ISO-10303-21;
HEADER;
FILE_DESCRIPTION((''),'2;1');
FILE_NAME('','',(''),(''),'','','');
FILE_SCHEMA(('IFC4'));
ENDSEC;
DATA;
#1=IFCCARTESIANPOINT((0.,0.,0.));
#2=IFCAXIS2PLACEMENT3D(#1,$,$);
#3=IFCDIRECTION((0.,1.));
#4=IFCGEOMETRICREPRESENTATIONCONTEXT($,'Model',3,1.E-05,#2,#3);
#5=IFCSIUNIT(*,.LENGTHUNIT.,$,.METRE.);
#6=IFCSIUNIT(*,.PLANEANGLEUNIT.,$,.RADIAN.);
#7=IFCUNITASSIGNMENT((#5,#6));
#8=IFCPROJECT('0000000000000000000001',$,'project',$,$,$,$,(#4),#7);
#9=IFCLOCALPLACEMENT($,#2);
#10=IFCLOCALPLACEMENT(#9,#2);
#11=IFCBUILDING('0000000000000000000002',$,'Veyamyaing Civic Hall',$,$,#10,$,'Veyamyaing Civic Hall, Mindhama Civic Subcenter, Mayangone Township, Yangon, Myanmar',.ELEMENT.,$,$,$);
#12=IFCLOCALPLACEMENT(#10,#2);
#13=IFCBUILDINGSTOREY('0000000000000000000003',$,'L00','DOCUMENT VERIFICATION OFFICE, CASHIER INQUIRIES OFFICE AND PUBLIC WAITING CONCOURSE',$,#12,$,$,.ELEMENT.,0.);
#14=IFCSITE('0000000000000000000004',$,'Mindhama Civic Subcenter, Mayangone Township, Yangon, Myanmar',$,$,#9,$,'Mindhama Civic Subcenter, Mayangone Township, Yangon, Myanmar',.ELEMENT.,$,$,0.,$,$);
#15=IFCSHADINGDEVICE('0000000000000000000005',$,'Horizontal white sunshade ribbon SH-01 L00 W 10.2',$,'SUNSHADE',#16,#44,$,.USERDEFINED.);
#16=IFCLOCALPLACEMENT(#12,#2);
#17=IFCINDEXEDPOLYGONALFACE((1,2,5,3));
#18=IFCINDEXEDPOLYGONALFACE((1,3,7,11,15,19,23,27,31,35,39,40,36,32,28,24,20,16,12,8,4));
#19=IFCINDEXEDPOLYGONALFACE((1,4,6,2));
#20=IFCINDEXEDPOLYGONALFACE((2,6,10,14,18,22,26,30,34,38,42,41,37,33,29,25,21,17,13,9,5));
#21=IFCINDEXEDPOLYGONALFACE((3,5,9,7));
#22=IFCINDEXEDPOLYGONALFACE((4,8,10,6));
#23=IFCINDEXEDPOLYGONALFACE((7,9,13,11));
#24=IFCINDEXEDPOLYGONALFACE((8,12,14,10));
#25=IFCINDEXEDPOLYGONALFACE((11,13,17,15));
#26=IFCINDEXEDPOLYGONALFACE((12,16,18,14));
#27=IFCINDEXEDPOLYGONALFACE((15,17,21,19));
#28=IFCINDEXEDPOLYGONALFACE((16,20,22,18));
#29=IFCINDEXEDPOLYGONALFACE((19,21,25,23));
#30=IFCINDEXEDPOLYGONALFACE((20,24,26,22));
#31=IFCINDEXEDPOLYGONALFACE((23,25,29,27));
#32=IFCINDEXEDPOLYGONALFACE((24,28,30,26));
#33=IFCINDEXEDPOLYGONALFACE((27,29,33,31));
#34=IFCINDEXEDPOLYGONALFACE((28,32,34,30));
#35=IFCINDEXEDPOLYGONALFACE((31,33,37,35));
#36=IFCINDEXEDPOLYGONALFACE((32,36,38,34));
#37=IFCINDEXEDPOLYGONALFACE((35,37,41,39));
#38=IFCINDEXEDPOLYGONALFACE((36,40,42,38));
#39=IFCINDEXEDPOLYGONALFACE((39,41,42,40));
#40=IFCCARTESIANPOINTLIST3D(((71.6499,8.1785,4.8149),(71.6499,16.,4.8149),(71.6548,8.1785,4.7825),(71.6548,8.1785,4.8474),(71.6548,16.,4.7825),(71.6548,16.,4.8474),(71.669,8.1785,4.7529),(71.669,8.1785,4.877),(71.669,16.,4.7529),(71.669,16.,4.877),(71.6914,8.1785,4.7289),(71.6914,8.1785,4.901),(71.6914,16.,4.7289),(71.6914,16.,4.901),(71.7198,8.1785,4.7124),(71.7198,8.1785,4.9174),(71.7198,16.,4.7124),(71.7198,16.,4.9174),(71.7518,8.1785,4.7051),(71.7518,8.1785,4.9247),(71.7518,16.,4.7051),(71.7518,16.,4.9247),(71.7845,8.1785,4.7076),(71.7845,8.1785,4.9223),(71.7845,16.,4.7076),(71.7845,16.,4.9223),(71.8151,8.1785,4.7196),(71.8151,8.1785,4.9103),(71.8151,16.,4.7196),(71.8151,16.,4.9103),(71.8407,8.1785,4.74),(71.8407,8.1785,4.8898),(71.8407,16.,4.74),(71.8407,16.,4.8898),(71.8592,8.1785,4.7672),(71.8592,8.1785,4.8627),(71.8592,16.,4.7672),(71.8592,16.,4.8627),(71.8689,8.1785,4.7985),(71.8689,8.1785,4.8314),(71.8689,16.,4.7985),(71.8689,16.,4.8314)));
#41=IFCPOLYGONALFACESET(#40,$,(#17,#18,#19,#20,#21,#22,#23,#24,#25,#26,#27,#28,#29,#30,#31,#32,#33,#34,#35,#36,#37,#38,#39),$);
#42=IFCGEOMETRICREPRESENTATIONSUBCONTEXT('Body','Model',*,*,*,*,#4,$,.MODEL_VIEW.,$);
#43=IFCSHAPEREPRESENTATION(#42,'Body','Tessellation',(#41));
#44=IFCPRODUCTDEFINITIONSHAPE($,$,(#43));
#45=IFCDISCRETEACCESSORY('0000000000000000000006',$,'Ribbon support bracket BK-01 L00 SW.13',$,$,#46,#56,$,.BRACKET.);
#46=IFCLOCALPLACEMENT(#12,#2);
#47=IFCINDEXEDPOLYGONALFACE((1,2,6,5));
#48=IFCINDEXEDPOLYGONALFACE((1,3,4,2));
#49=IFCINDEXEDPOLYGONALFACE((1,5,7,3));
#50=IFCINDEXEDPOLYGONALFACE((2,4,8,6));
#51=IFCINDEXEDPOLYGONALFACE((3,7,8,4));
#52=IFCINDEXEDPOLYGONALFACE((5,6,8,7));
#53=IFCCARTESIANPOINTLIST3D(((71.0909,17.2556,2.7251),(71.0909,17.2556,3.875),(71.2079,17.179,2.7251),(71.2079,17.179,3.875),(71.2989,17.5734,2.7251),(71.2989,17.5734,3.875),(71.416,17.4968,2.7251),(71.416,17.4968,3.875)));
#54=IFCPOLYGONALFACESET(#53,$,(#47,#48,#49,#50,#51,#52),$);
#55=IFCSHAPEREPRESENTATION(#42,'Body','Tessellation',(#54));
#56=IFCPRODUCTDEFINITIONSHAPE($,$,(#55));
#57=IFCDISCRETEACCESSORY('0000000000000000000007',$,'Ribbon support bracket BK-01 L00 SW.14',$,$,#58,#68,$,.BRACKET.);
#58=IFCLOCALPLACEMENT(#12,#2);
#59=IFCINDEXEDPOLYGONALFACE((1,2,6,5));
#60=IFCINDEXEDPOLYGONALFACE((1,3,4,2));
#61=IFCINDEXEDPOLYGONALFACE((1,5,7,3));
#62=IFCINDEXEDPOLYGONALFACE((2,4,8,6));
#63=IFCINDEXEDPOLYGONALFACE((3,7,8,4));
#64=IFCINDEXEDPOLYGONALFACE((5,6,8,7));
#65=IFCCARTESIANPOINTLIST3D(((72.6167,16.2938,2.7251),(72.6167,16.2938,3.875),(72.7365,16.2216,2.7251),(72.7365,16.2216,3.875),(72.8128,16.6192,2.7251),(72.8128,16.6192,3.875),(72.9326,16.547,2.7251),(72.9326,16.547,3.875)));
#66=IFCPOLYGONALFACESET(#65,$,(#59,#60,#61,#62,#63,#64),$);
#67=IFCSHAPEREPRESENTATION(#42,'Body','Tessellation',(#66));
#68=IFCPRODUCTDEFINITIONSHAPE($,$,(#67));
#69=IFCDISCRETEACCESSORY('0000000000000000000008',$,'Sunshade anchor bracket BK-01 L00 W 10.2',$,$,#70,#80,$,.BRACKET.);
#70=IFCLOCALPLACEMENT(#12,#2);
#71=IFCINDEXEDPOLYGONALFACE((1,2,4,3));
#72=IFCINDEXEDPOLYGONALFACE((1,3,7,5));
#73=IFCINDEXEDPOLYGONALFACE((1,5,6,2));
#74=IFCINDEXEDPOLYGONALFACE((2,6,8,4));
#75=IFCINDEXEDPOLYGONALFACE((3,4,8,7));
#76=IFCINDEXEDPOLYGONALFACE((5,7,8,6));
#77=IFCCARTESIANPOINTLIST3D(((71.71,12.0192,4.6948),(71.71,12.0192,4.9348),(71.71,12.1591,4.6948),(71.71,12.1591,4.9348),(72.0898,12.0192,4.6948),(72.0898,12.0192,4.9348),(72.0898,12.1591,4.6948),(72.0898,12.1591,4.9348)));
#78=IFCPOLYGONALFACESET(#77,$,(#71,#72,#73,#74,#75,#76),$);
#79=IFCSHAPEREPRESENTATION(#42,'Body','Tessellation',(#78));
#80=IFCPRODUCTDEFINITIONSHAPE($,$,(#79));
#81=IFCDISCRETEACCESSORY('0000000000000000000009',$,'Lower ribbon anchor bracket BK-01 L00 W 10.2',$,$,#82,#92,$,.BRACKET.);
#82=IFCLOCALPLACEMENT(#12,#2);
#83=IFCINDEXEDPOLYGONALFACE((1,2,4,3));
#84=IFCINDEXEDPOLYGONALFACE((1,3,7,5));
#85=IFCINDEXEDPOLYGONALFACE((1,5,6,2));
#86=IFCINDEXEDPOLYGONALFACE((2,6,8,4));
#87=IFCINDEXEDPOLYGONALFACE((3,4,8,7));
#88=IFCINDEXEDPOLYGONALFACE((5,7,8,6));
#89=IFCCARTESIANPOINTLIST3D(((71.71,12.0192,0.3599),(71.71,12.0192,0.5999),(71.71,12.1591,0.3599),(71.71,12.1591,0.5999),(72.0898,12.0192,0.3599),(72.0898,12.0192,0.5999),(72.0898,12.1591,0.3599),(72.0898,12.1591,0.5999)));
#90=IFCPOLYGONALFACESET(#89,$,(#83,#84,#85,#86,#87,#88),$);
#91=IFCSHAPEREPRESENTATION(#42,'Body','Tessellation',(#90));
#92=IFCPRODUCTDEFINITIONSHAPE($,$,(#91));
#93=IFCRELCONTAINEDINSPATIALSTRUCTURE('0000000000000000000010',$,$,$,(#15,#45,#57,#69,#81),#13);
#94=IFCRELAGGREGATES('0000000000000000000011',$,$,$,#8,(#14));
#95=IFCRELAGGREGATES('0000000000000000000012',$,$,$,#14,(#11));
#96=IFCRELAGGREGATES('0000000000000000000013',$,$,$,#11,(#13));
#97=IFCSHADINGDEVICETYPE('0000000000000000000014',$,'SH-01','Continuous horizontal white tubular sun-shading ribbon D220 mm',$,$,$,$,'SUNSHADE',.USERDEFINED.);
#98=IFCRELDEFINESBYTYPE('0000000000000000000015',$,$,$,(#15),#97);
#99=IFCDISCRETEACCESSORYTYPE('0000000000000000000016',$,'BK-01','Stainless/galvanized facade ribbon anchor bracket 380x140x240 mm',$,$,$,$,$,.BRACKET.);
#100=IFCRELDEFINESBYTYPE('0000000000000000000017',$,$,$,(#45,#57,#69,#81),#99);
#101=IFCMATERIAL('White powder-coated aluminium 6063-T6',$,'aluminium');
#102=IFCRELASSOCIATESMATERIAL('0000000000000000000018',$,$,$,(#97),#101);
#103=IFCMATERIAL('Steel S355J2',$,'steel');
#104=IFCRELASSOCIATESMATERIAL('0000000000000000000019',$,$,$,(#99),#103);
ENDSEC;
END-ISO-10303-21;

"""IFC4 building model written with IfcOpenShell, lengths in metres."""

from ifc_helpers import new_model, si_unit, direction, frame, origin, origin_2d, place, context, subcontext, project, spatial, rectangle, circle, extrude, material, material_profile, profile_set, type_object, element, save


model = new_model("IFC4")

# Units and contexts
model_context = context("Model", 3, precision=1e-05, world=origin(), true_north=direction((0.0, 1.0)))
body_context = subcontext(model_context, "Body", "Model", "MODEL_VIEW")
ifc_project = project(units=[si_unit("LENGTHUNIT", "METRE"), si_unit("PLANEANGLEUNIT", "RADIAN")], contexts=[model_context])

# Site, building, storey
site_placement = place(None, origin())
site = spatial("IfcSite", under=ifc_project, at=site_placement, Name="Mindhama Civic Subcenter, Mayangone Township, Yangon, Myanmar", LongName="Mindhama Civic Subcenter, Mayangone Township, Yangon, Myanmar", CompositionType="ELEMENT", RefElevation=0.0)
building_placement = place(site_placement, origin())
building = spatial("IfcBuilding", under=site, at=building_placement, Name="Veyamyaing Civic Hall", LongName="Veyamyaing Civic Hall, Mindhama Civic Subcenter, Mayangone Township, Yangon, Myanmar", CompositionType="ELEMENT")
storey_placement = place(building_placement, origin())
storey = spatial("IfcBuildingStorey", under=building, at=storey_placement, Name="L00", Description="DOCUMENT VERIFICATION OFFICE, CASHIER INQUIRIES OFFICE AND PUBLIC WAITING CONCOURSE", CompositionType="ELEMENT", Elevation=0.0)

# Shared definitions
ifc_material_1 = material(Name="Steel S355J2", Category="steel")

# Shared definitions
ifc_material_2 = material(Name="White powder-coated aluminium 6063-T6", Category="aluminium")

# Shading device
ifc_material_profile_1 = material_profile(ifc_material_2, circle(Radius=0.1101, at=origin_2d()), Name="SHADE-TUBE-220")
ifc_profile_set_1 = profile_set([ifc_material_profile_1], Name="White powder-coated aluminium 6063-T6")
shading_device_type = type_object("IfcShadingDeviceType", Name="SH-01", Description="Continuous horizontal white tubular sun-shading ribbon D220 mm", ElementType="SUNSHADE", PredefinedType="USERDEFINED", material=ifc_profile_set_1)
shading_device_1_placement = place(storey_placement, frame((71.76, 8.1785, 4.8149), z_axis=(0.0, 1.0, 0.0), x_axis=(-1.0, 0.0, 0.0)))
element("IfcShadingDevice", 1, at=shading_device_1_placement, inside=storey, type_object=shading_device_type, Name="Horizontal white sunshade ribbon SH-01 L00 W 10.2", ObjectType="SUNSHADE", PredefinedType="USERDEFINED", context=body_context, shape_type="SweptSolid", body=[
    extrude(circle(Radius=0.1101, at=origin_2d()), origin(), (0.0, 0.0, 1.0), 7.8215),
])

# Discrete accessories
discrete_accessory_type = type_object("IfcDiscreteAccessoryType", Name="BK-01", Description="Stainless/galvanized facade ribbon anchor bracket 380x140x240 mm", PredefinedType="BRACKET", material=ifc_material_1)
for number, where, z_axis, x_axis, name in (
    (2, (71.2534, 17.3762, 2.7251), (0.0, 0.0, 1.0), (-0.547772, -0.836628, 0.0), "Ribbon support bracket BK-01 L00 SW.13"),
    (3, (72.7747, 16.4204, 2.7251), (0.0, 0.0, 1.0), (-0.516106, -0.856525, 0.0), "Ribbon support bracket BK-01 L00 SW.14"),
):
    element("IfcDiscreteAccessory", number, at=place(storey_placement, frame(where, z_axis=z_axis, x_axis=x_axis)), inside=storey, type_object=discrete_accessory_type, Name=name, PredefinedType="BRACKET", context=body_context, shape_type="SweptSolid", body=[
        extrude(rectangle(XDim=0.3799, YDim=0.1399, at=origin_2d()), origin(), (0.0, 0.0, 1.0), 1.1499),
    ])
for number, where, z_axis, x_axis, name in (
    (4, (71.8999, 12.0891, 4.6948), (0.0, 0.0, 1.0), (-1.0, 0.0, 0.0), "Sunshade anchor bracket BK-01 L00 W 10.2"),
    (5, (71.8999, 12.0891, 0.3599), (0.0, 0.0, 1.0), (-1.0, 0.0, 0.0), "Lower ribbon anchor bracket BK-01 L00 W 10.2"),
):
    element("IfcDiscreteAccessory", number, at=place(storey_placement, frame(where, z_axis=z_axis, x_axis=x_axis)), inside=storey, type_object=discrete_accessory_type, Name=name, PredefinedType="BRACKET", context=body_context, shape_type="SweptSolid", body=[
        extrude(rectangle(XDim=0.3799, YDim=0.1399, at=origin_2d()), origin(), (0.0, 0.0, 1.0), 0.24),
    ])

save(model, "model.ifc")
